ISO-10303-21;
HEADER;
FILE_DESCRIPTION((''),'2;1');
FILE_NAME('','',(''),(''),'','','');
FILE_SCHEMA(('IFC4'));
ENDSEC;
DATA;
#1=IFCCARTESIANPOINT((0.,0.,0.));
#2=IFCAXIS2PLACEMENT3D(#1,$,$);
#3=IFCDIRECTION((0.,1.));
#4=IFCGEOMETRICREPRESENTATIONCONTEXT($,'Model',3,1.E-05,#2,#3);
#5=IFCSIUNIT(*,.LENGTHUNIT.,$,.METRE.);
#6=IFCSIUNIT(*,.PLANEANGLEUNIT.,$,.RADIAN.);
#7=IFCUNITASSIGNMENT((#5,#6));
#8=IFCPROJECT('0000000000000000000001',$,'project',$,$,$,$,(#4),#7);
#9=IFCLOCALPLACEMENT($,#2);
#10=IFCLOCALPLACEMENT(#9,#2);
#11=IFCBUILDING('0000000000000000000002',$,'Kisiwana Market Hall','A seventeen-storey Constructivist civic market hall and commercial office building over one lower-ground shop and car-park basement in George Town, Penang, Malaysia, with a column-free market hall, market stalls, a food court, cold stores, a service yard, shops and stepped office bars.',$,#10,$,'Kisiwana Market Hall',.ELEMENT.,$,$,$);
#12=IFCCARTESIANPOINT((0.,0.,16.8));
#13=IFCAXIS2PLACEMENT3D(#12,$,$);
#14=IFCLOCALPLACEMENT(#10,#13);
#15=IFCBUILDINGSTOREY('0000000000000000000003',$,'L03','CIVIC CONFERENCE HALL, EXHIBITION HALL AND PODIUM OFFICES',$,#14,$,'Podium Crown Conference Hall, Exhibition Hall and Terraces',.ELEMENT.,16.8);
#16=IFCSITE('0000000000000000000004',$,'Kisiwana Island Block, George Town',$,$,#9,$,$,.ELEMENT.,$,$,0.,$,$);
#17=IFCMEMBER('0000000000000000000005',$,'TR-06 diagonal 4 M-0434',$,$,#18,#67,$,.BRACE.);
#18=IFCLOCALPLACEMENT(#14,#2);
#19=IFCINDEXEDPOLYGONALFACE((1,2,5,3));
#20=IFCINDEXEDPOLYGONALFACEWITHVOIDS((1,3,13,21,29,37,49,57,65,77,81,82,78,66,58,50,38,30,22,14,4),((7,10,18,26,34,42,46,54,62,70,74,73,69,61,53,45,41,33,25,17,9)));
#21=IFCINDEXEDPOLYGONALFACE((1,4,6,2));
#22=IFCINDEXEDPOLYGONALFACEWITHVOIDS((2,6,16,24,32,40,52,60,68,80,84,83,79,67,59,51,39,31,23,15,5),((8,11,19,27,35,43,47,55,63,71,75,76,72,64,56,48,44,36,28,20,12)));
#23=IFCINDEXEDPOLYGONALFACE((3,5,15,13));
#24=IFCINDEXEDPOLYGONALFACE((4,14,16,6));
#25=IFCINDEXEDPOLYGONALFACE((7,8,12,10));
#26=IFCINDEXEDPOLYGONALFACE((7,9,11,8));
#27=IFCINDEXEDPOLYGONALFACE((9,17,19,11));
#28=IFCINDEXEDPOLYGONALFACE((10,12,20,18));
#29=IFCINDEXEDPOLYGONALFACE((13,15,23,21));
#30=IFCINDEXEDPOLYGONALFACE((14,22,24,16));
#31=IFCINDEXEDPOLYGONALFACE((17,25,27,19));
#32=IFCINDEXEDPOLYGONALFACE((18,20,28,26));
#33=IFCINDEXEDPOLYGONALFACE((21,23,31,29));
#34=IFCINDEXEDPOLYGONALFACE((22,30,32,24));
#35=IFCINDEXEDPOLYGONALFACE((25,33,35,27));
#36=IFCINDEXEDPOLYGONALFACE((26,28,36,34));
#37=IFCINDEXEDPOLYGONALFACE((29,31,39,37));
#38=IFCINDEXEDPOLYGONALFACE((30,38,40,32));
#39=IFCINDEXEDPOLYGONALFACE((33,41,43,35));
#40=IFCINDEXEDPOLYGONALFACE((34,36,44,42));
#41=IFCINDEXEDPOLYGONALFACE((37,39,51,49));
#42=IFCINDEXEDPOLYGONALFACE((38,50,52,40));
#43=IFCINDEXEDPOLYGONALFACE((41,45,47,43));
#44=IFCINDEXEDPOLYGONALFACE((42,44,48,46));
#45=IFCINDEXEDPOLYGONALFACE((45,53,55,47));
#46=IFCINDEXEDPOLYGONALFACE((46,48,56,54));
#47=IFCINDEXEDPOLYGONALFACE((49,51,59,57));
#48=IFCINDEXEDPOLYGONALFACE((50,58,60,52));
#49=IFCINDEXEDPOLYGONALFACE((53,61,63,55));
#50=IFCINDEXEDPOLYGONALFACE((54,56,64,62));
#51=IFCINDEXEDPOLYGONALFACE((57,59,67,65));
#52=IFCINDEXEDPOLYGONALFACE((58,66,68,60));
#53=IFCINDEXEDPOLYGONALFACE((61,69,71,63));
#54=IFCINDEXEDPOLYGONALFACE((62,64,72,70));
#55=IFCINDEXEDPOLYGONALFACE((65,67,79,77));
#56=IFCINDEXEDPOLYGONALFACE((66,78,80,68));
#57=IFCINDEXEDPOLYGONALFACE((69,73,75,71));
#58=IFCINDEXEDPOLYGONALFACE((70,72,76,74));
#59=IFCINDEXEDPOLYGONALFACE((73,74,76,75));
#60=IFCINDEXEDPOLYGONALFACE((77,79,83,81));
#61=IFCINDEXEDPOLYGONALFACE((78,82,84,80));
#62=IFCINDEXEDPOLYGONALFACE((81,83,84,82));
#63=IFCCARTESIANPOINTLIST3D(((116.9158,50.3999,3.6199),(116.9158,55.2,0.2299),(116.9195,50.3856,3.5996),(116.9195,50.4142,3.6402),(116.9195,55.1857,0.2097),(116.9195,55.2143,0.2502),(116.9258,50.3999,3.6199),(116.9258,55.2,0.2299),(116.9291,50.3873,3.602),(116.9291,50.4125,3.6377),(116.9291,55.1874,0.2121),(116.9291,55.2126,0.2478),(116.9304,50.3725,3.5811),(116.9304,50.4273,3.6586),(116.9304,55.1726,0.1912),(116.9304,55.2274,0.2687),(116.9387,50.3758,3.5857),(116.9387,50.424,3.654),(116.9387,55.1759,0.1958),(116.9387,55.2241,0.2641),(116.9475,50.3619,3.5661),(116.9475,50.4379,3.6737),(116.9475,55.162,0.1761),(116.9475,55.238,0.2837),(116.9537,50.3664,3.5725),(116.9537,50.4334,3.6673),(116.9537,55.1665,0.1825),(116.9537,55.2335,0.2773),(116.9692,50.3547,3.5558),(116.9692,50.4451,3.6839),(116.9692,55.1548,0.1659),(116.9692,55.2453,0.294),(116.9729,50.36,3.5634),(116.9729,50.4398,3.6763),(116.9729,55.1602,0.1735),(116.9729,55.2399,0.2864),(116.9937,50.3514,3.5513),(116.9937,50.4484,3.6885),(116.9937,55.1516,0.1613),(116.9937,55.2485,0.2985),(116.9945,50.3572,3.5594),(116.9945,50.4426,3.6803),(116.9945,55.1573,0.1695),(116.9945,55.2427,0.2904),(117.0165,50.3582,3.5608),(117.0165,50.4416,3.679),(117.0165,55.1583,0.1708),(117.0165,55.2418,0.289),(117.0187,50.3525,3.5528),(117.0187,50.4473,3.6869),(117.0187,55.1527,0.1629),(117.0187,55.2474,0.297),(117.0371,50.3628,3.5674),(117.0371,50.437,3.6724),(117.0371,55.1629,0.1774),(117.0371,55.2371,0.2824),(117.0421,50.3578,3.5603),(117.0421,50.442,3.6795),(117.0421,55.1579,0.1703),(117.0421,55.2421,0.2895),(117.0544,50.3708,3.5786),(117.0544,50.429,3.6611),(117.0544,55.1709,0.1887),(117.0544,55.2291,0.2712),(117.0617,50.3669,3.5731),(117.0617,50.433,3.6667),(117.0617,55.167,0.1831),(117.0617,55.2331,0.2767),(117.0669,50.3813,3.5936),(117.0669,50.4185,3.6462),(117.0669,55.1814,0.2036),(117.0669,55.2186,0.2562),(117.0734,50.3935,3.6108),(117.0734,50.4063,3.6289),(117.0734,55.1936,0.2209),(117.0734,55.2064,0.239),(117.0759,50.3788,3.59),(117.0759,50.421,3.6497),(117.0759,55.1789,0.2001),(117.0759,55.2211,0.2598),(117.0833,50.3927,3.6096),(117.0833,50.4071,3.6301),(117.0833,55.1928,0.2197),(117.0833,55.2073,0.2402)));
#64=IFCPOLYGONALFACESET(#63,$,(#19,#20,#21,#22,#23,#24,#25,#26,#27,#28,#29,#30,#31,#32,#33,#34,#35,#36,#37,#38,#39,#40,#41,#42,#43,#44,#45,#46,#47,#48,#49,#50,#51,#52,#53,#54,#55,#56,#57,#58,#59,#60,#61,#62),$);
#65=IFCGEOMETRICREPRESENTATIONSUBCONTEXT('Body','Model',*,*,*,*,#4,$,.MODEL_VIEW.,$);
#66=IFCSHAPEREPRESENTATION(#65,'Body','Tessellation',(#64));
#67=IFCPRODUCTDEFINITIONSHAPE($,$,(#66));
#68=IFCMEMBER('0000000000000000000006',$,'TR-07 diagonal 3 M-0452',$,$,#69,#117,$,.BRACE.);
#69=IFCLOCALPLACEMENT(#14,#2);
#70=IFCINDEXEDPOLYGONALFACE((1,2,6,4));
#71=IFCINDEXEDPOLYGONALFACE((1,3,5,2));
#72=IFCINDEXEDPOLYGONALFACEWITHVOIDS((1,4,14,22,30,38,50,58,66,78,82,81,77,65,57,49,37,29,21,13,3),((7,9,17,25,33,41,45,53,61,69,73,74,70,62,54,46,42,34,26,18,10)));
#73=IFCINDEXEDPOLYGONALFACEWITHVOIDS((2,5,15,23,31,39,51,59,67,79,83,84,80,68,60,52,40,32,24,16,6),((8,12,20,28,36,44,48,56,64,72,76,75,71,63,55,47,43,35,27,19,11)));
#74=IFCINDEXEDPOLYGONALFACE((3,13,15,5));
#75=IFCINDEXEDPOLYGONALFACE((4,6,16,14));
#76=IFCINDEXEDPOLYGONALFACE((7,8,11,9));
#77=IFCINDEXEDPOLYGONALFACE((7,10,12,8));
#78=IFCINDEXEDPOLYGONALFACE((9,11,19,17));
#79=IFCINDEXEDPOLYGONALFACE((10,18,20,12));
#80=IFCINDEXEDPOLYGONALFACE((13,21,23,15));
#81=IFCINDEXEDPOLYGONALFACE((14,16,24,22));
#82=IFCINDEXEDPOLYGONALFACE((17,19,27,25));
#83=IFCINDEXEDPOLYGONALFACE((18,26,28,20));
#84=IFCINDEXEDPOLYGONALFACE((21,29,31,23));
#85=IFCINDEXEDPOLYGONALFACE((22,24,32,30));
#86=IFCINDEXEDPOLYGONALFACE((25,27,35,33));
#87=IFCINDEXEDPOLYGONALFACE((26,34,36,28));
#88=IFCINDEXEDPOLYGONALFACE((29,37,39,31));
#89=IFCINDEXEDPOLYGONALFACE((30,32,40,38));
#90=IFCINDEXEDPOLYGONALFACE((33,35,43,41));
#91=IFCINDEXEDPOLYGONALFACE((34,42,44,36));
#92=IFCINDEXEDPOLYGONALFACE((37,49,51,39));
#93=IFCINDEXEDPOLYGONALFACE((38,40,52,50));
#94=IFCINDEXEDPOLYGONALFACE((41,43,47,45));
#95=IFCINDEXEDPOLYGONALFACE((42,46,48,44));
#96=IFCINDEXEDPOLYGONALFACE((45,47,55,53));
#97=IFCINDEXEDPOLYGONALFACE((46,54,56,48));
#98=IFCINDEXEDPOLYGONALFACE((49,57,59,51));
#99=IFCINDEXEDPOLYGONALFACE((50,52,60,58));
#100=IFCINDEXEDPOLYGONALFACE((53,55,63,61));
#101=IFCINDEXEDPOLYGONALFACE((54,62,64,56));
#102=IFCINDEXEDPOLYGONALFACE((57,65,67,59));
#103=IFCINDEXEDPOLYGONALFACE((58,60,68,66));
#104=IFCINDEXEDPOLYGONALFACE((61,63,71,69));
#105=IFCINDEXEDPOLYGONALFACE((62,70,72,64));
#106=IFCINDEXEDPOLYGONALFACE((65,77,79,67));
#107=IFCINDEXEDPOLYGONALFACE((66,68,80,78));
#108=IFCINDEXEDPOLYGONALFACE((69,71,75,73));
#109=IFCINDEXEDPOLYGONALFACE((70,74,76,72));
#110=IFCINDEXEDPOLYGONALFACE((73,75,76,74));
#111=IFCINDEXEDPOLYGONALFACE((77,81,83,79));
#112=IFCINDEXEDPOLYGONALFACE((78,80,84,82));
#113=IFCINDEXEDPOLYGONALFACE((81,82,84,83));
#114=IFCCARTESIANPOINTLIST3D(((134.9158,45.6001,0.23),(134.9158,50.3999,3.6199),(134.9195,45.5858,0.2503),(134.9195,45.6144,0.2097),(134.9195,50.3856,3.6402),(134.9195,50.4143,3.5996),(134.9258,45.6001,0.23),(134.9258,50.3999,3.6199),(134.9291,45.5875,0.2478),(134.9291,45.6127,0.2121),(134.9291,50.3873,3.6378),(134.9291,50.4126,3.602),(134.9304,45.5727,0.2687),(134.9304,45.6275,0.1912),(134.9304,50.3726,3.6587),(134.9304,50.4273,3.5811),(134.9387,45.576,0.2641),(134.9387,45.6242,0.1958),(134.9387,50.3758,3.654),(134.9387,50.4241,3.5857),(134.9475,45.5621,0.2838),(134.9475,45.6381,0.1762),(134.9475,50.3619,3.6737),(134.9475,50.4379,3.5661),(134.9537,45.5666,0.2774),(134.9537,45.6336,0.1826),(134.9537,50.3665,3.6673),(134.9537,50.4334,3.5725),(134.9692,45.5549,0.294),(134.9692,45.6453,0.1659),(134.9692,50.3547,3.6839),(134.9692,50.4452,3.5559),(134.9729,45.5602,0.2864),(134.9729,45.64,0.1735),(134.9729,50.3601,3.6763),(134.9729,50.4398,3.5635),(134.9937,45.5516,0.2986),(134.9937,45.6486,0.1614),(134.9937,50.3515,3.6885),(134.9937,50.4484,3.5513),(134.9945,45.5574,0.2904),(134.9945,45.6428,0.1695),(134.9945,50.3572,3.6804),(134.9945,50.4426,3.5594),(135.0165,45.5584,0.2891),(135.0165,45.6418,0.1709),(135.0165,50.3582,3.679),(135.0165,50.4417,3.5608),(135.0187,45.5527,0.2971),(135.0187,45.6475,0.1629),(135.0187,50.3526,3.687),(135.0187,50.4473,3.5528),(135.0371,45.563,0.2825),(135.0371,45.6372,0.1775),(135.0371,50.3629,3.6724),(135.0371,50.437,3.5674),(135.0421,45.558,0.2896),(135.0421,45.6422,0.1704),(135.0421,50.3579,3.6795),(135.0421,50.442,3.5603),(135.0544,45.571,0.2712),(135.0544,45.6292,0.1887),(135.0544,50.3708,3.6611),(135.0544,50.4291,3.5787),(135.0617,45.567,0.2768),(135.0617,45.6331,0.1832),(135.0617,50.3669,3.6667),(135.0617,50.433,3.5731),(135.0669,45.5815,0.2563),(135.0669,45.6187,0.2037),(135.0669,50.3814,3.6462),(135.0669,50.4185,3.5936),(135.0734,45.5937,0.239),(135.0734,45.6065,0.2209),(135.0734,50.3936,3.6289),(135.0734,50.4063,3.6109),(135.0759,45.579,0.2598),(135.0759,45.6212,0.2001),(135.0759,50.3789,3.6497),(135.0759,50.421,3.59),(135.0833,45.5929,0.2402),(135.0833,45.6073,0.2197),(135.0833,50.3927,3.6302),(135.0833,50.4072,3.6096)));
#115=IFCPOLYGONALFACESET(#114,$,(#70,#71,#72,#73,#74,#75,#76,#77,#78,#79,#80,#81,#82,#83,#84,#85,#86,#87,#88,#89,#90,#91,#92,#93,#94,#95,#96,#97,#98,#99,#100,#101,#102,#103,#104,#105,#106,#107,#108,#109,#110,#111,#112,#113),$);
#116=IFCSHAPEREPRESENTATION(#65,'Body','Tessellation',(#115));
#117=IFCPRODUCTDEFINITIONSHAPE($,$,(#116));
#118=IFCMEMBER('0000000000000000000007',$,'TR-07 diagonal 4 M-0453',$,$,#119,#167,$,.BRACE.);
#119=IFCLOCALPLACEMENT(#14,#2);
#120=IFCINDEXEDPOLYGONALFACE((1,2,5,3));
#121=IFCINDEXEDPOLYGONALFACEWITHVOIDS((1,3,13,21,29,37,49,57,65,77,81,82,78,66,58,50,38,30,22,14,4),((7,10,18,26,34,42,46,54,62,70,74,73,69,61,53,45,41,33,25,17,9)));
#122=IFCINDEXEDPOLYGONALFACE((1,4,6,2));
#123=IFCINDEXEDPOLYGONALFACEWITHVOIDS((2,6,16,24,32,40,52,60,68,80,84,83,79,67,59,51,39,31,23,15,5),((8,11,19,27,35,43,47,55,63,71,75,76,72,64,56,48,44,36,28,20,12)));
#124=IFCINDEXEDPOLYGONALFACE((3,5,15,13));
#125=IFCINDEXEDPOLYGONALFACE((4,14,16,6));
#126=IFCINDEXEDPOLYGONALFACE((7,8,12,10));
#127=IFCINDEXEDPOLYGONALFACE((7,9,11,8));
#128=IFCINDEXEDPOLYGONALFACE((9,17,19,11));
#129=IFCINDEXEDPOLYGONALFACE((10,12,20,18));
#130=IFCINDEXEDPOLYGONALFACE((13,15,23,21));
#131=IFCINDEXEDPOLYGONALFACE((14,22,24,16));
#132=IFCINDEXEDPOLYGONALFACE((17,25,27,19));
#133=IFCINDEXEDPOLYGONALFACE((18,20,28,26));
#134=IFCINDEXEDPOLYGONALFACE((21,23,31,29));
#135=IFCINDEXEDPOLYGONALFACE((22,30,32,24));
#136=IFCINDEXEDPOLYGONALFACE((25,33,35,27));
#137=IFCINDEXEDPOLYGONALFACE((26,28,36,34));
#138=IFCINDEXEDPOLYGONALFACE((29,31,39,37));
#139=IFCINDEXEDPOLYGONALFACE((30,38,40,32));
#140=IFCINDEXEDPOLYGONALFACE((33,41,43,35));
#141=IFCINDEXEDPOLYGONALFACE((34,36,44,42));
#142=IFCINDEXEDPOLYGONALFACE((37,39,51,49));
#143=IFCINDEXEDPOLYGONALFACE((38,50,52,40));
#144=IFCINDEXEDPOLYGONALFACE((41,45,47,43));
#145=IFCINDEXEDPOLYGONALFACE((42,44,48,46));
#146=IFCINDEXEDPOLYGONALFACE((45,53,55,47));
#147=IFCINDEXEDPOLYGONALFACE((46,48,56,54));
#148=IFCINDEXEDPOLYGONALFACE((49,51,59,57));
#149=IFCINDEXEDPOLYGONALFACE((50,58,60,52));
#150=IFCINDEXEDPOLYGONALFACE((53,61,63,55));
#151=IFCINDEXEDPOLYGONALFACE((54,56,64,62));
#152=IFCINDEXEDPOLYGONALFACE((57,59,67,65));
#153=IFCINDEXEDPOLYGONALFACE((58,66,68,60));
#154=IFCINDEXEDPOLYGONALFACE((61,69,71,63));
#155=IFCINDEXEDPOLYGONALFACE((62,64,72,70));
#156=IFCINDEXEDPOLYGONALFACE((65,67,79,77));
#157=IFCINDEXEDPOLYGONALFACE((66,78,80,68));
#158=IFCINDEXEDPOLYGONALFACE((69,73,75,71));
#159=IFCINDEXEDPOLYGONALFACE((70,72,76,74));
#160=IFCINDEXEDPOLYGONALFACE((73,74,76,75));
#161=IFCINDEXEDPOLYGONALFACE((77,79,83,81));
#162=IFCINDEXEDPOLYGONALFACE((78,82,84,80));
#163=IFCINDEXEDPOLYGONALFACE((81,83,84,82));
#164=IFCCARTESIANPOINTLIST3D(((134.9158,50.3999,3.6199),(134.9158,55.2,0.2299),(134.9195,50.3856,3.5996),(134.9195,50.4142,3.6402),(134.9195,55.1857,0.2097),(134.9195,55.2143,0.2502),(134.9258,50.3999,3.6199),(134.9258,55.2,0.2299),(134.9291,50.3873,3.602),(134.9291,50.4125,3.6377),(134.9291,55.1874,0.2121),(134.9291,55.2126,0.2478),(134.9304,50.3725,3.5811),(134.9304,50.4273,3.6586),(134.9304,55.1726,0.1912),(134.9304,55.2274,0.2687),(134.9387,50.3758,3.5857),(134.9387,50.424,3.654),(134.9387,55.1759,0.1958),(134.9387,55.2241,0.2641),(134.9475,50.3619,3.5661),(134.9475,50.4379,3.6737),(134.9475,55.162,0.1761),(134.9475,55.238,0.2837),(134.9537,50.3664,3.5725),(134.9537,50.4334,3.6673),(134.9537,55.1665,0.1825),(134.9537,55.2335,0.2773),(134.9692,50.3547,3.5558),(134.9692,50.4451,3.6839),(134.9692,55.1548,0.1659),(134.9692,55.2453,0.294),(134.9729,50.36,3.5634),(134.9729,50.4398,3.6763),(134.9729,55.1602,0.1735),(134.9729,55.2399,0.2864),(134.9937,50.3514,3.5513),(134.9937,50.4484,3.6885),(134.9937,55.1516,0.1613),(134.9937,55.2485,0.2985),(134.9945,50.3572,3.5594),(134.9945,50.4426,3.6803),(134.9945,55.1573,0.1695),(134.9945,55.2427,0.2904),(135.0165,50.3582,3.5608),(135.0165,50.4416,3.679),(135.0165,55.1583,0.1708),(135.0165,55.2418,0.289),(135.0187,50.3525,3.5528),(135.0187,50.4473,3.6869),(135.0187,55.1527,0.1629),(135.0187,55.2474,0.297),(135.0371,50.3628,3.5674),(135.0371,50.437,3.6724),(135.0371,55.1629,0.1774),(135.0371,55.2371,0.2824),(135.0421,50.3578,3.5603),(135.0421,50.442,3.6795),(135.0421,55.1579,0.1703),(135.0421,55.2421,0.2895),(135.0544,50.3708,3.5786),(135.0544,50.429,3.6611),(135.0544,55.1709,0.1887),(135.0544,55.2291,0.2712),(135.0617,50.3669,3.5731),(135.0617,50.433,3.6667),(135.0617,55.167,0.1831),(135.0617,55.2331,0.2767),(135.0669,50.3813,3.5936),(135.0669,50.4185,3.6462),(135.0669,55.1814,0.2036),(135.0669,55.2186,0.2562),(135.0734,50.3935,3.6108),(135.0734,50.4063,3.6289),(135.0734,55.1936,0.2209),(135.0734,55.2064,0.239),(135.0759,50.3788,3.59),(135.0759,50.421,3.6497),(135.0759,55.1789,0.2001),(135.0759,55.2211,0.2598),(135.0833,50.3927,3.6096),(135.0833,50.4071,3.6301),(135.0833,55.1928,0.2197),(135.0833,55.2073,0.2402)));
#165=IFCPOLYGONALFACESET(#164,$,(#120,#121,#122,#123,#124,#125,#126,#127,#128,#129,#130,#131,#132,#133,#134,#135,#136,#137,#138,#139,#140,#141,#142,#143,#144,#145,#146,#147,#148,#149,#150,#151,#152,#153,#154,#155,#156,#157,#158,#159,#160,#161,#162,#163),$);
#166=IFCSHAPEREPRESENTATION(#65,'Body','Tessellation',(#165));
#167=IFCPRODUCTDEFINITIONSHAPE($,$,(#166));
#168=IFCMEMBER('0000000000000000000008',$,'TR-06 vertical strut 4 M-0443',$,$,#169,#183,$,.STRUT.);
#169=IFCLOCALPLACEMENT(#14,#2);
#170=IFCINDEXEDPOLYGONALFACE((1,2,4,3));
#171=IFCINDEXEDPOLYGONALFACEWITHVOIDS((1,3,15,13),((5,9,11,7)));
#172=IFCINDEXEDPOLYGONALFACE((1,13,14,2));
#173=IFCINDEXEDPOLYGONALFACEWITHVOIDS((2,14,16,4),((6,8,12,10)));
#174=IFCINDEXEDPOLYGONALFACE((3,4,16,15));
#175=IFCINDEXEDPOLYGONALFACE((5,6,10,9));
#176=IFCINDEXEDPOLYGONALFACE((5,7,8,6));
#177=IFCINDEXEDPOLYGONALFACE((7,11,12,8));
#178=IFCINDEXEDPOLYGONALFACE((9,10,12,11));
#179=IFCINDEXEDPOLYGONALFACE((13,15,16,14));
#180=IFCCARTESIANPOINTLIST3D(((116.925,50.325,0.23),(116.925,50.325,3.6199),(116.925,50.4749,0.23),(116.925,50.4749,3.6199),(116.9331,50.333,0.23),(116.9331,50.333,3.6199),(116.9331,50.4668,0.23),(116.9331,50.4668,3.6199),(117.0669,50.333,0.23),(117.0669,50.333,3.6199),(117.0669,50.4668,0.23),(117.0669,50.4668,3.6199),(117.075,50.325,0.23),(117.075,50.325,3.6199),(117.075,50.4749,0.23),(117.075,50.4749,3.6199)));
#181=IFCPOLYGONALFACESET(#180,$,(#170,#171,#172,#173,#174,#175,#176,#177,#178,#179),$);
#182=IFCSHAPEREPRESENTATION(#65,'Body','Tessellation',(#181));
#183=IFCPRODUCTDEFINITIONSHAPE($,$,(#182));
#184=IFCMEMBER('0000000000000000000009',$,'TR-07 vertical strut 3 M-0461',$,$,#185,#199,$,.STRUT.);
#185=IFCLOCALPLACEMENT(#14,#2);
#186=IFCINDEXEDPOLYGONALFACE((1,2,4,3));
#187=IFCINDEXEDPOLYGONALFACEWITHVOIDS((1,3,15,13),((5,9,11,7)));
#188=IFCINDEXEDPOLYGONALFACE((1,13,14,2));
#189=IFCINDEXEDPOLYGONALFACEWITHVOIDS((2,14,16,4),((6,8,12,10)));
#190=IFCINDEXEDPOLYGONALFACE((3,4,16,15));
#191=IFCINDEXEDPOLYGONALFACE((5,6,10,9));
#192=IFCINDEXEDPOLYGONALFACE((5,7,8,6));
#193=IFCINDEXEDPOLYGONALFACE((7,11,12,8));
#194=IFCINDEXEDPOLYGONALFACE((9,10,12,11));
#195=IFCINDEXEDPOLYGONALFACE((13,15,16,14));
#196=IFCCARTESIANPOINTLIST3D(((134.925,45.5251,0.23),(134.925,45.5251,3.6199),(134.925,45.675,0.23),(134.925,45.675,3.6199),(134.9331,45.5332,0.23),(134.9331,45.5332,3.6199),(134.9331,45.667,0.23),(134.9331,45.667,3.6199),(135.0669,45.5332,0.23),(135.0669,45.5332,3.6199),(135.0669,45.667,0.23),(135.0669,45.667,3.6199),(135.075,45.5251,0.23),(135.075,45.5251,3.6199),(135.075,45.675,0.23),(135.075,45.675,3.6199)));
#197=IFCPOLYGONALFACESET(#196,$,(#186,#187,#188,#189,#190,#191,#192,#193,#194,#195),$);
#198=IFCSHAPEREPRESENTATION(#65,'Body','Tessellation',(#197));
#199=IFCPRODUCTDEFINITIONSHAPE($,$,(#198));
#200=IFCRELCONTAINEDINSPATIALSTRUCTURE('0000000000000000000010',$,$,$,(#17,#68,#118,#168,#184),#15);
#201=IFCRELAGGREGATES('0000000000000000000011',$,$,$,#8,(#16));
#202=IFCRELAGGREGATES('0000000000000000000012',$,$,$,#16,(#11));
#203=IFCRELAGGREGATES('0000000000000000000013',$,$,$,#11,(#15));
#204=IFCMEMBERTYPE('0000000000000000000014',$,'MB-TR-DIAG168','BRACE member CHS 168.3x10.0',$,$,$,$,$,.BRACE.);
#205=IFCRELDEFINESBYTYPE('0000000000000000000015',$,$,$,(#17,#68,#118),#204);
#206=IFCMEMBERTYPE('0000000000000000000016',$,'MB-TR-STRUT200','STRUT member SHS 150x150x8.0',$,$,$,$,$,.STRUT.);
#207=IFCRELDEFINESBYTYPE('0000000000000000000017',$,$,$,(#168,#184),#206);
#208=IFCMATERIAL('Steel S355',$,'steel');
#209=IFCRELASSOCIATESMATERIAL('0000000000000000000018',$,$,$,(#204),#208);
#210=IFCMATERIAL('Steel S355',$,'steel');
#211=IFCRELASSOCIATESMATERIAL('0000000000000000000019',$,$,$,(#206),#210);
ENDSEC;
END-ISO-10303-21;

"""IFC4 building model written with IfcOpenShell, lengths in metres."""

from ifc_helpers import new_model, si_unit, direction, frame, origin, origin_2d, place, context, subcontext, project, spatial, hollow_rectangle, hollow_circle, extrude, material, material_profile, profile_set, type_object, element, save


model = new_model("IFC4")

# Units and contexts
model_context = context("Model", 3, precision=1e-05, world=origin(), true_north=direction((0.0, 1.0)))
body_context = subcontext(model_context, "Body", "Model", "MODEL_VIEW")
ifc_project = project(units=[si_unit("LENGTHUNIT", "METRE"), si_unit("PLANEANGLEUNIT", "RADIAN")], contexts=[model_context])

# Site, building, storey
site_placement = place(None, origin())
site = spatial("IfcSite", under=ifc_project, at=site_placement, Name="Kisiwana Island Block, George Town", CompositionType="ELEMENT", RefElevation=0.0)
building_placement = place(site_placement, origin())
building = spatial("IfcBuilding", under=site, at=building_placement, Name="Kisiwana Market Hall", Description="A seventeen-storey Constructivist civic market hall and commercial office building over one lower-ground shop and car-park basement in George Town, Penang, Malaysia, with a column-free market hall, market stalls, a food court, cold stores, a service yard, shops and stepped office bars.", LongName="Kisiwana Market Hall", CompositionType="ELEMENT")
storey_placement = place(building_placement, frame((0.0, 0.0, 16.8)))
storey = spatial("IfcBuildingStorey", under=building, at=storey_placement, Name="L03", Description="CIVIC CONFERENCE HALL, EXHIBITION HALL AND PODIUM OFFICES", LongName="Podium Crown Conference Hall, Exhibition Hall and Terraces", CompositionType="ELEMENT", Elevation=16.8)

# Members
ifc_material_1 = material(Name="Steel S355", Category="steel")
ifc_material_profile_1 = material_profile(ifc_material_1, hollow_circle(Radius=0.0842, WallThickness=0.01, at=origin_2d()), Name="CHS 168.3x10.0")
ifc_profile_set_1 = profile_set([ifc_material_profile_1], Name="Steel S355")
member_type_1 = type_object("IfcMemberType", Name="MB-TR-DIAG168", Description="BRACE member CHS 168.3x10.0", PredefinedType="BRACE", material=ifc_profile_set_1)
member_1_placement = place(storey_placement, frame((117.0, 50.3999, 3.6199), z_axis=(0.0, 0.816838, -0.576868), x_axis=(-1.0, 0.0, 0.0)))
element("IfcMember", 1, at=member_1_placement, inside=storey, type_object=member_type_1, Name="TR-06 diagonal 4 M-0434", PredefinedType="BRACE", context=body_context, shape_type="SweptSolid", body=[
    extrude(hollow_circle(Radius=0.0842, WallThickness=0.01, at=origin_2d()), origin(), (0.0, 0.0, 1.0), 5.8765),
])
member_2_placement = place(storey_placement, frame((135.0, 45.6001, 0.23), z_axis=(0.0, 0.816824, 0.576887), x_axis=(-1.0, 0.0, 0.0)))
element("IfcMember", 2, at=member_2_placement, inside=storey, type_object=member_type_1, Name="TR-07 diagonal 3 M-0452", PredefinedType="BRACE", context=body_context, shape_type="SweptSolid", body=[
    extrude(hollow_circle(Radius=0.0842, WallThickness=0.01, at=origin_2d()), origin(), (0.0, 0.0, 1.0), 5.8762),
])
member_3_placement = place(storey_placement, frame((135.0, 50.3999, 3.6199), z_axis=(0.0, 0.816838, -0.576868), x_axis=(-1.0, 0.0, 0.0)))
element("IfcMember", 3, at=member_3_placement, inside=storey, type_object=member_type_1, Name="TR-07 diagonal 4 M-0453", PredefinedType="BRACE", context=body_context, shape_type="SweptSolid", body=[
    extrude(hollow_circle(Radius=0.0842, WallThickness=0.01, at=origin_2d()), origin(), (0.0, 0.0, 1.0), 5.8765),
])
ifc_material_2 = material(Name="Steel S355", Category="steel")
ifc_material_profile_2 = material_profile(ifc_material_2, hollow_rectangle(XDim=0.1499, YDim=0.1499, WallThickness=0.0081, at=origin_2d()), Name="SHS 150x150x8.0")
ifc_profile_set_2 = profile_set([ifc_material_profile_2], Name="Steel S355")
member_type_2 = type_object("IfcMemberType", Name="MB-TR-STRUT200", Description="STRUT member SHS 150x150x8.0", PredefinedType="STRUT", material=ifc_profile_set_2)
for number, where, z_axis, x_axis, name in (
    (4, (117.0, 50.3999, 0.23), (0.0, 0.0, 1.0), (1.0, 0.0, 0.0), "TR-06 vertical strut 4 M-0443"),
    (5, (135.0, 45.6001, 0.23), (0.0, 0.0, 1.0), (1.0, 0.0, 0.0), "TR-07 vertical strut 3 M-0461"),
):
    element("IfcMember", number, at=place(storey_placement, frame(where, z_axis=z_axis, x_axis=x_axis)), inside=storey, type_object=member_type_2, Name=name, PredefinedType="STRUT", context=body_context, shape_type="SweptSolid", body=[
        extrude(hollow_rectangle(XDim=0.1499, YDim=0.1499, WallThickness=0.0081, at=origin_2d()), origin(), (0.0, 0.0, 1.0), 3.3899),
    ])

save(model, "model.ifc")
